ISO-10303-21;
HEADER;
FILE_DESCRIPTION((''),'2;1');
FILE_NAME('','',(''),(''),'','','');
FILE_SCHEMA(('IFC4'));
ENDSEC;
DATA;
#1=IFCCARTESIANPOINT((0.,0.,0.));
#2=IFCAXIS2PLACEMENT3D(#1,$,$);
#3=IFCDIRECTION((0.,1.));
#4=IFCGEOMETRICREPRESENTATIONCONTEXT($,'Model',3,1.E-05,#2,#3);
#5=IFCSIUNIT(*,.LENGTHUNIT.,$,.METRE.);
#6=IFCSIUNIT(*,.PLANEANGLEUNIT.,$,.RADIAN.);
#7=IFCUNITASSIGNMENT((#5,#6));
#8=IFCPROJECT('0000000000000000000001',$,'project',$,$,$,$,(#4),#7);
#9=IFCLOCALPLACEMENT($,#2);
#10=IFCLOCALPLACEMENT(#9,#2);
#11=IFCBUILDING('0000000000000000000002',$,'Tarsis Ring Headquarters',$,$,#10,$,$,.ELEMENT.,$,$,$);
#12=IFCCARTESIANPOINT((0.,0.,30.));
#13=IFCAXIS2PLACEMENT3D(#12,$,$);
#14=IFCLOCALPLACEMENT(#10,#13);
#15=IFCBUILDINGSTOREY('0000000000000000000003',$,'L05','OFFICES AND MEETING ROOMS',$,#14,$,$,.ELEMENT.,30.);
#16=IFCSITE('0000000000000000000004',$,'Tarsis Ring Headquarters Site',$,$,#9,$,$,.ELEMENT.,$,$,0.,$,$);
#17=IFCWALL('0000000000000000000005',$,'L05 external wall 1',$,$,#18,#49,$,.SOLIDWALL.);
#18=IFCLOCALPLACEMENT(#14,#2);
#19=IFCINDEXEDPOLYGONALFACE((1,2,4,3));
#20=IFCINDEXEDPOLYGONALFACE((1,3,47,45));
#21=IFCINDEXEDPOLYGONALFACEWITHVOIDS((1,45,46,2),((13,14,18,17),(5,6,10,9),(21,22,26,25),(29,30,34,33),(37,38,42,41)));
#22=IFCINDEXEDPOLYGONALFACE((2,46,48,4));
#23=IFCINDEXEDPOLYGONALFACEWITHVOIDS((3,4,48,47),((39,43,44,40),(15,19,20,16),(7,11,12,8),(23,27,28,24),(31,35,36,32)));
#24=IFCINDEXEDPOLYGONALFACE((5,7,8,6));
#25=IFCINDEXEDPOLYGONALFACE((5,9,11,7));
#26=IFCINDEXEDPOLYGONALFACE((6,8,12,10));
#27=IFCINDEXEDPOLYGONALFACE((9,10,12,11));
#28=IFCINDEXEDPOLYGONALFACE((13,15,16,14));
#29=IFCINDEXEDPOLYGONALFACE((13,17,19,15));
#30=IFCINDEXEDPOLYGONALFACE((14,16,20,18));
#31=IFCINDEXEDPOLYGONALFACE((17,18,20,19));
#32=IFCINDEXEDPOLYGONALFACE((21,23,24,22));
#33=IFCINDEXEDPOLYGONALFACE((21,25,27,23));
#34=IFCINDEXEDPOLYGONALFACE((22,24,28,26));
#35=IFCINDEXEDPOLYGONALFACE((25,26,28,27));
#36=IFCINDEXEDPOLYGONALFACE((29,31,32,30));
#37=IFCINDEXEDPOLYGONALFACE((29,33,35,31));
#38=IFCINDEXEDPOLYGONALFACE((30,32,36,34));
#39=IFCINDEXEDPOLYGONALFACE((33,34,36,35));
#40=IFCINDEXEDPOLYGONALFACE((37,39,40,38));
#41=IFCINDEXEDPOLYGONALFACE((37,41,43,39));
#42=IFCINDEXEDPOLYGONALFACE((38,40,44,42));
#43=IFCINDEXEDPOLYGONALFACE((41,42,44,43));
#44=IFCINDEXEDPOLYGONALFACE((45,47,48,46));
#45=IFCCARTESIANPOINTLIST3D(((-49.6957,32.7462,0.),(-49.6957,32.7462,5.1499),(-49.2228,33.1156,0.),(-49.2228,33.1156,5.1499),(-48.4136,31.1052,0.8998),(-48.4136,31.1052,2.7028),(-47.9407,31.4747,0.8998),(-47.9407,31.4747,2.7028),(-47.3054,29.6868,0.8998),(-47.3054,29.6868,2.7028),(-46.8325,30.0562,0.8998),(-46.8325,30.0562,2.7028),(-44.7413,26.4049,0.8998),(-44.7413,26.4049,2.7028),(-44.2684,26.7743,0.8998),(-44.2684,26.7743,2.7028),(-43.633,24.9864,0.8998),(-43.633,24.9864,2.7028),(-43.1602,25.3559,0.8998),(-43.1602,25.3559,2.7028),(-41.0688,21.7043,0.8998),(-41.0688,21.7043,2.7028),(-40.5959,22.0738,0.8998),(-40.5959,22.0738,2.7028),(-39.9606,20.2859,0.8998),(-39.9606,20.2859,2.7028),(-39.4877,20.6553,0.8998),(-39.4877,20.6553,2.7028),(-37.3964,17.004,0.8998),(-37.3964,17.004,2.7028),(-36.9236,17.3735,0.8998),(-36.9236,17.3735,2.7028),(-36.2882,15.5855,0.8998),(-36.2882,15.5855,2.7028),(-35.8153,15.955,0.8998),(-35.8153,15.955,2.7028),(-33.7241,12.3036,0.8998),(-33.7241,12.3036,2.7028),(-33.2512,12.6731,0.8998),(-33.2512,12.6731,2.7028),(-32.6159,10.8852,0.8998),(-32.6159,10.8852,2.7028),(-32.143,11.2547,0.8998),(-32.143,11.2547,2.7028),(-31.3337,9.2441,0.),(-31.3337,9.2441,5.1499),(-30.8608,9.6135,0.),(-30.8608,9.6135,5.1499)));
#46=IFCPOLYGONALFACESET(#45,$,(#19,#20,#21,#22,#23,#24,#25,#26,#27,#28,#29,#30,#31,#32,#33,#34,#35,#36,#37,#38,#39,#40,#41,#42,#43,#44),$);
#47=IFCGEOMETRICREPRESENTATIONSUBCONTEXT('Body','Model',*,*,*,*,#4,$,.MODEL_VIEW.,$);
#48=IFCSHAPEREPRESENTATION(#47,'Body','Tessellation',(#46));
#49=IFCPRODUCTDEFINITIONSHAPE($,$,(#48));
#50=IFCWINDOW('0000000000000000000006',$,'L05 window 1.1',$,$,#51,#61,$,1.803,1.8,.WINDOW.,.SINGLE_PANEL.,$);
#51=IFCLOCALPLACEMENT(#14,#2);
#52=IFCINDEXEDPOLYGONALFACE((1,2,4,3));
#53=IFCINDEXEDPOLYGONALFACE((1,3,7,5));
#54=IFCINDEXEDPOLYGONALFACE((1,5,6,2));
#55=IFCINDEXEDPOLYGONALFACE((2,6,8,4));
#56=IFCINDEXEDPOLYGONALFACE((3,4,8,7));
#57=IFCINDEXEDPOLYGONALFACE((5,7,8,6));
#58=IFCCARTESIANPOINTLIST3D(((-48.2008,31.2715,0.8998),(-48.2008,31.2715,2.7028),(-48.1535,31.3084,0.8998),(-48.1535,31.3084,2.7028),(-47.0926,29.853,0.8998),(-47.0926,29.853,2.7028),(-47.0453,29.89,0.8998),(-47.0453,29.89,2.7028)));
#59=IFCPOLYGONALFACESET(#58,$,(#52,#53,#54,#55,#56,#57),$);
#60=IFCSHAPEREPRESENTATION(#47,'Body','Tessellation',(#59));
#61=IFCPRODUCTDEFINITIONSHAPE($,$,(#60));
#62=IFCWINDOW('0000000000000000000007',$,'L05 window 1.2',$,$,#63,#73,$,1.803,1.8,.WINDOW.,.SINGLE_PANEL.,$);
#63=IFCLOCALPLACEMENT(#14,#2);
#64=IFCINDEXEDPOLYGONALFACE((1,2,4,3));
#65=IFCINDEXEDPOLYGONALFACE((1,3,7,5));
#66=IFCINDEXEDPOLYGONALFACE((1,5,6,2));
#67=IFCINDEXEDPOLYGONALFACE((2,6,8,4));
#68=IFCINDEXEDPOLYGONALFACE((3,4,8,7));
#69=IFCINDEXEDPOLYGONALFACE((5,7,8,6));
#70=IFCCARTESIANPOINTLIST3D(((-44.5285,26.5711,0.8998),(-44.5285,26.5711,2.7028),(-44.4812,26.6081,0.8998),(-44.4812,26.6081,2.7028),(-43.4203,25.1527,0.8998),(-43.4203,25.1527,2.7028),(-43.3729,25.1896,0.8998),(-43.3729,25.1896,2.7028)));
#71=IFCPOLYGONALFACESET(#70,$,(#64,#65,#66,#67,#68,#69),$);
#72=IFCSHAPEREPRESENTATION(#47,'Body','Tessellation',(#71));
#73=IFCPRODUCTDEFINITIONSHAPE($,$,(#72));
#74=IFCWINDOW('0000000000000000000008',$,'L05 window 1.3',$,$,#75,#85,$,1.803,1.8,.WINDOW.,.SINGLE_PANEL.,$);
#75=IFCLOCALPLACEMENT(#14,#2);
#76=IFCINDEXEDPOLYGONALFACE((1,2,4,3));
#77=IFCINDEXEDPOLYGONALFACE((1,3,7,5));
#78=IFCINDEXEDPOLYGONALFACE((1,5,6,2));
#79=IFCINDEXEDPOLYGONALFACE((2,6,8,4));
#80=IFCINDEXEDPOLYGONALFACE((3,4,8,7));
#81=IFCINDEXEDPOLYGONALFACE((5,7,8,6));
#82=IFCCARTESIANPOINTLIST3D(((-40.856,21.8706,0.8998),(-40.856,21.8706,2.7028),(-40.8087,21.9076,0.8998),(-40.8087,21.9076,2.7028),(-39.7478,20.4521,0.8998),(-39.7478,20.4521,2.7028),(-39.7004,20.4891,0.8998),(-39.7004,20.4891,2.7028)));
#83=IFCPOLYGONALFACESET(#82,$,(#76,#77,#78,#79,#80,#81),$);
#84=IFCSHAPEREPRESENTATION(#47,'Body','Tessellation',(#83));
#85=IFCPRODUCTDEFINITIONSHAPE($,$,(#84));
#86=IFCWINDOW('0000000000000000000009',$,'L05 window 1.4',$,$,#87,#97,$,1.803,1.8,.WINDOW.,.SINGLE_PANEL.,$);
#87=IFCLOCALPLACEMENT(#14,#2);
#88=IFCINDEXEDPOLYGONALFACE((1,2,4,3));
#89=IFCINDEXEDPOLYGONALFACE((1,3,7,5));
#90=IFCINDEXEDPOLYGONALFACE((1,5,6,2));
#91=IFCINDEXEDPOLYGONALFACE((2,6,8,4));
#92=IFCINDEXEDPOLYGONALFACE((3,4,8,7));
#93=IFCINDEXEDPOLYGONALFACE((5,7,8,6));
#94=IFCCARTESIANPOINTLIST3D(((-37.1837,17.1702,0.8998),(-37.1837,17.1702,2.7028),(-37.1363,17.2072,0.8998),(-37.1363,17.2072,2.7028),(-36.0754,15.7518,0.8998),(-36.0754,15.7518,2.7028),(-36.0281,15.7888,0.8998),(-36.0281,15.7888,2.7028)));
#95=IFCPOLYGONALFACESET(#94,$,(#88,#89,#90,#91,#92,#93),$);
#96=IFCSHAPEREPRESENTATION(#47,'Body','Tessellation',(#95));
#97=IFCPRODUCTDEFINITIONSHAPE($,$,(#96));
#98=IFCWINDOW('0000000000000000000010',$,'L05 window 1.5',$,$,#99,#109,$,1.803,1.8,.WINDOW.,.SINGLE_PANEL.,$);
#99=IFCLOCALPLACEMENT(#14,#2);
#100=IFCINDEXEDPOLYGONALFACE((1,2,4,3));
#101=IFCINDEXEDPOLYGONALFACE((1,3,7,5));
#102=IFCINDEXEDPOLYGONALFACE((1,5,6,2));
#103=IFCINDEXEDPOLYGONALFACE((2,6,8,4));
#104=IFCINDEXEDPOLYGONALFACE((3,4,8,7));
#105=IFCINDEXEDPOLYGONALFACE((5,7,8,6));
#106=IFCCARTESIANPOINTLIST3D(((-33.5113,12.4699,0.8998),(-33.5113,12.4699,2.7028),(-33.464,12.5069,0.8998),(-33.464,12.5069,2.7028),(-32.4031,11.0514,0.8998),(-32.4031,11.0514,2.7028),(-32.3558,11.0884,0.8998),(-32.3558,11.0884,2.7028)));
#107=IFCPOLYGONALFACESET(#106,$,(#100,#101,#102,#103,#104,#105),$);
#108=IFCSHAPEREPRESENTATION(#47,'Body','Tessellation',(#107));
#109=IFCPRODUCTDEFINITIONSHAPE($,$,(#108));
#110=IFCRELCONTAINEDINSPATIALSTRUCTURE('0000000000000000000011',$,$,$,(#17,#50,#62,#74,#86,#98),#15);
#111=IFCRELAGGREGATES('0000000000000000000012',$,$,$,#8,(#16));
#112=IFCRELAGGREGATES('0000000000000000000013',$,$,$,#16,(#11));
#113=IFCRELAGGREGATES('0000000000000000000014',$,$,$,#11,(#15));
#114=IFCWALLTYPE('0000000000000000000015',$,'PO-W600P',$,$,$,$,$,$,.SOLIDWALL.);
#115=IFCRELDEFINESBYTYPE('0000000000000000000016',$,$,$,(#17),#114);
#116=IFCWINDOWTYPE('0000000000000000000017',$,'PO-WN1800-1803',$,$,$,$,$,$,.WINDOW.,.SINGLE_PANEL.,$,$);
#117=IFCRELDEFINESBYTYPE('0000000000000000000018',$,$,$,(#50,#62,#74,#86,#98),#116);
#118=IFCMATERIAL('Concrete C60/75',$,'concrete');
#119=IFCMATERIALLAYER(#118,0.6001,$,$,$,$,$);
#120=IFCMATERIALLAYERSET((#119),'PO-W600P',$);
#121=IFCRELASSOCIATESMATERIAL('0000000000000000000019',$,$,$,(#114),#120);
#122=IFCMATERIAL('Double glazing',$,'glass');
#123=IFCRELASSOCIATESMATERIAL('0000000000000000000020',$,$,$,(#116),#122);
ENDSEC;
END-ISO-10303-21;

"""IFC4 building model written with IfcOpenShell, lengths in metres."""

from ifc_helpers import new_model, si_unit, direction, frame, frame_2d, origin, place, context, subcontext, project, spatial, rectangle, extrude, material, layer, layer_set, type_object, element, fill, save


model = new_model("IFC4")

# Units and contexts
model_context = context("Model", 3, precision=1e-05, world=origin(), true_north=direction((0.0, 1.0)))
body_context = subcontext(model_context, "Body", "Model", "MODEL_VIEW")
ifc_project = project(units=[si_unit("LENGTHUNIT", "METRE"), si_unit("PLANEANGLEUNIT", "RADIAN")], contexts=[model_context])

# Site, building, storey
site_placement = place(None, origin())
site = spatial("IfcSite", under=ifc_project, at=site_placement, Name="Tarsis Ring Headquarters Site", CompositionType="ELEMENT", RefElevation=0.0)
building_placement = place(site_placement, origin())
building = spatial("IfcBuilding", under=site, at=building_placement, Name="Tarsis Ring Headquarters", CompositionType="ELEMENT")
storey_placement = place(building_placement, frame((0.0, 0.0, 30.0)))
storey = spatial("IfcBuildingStorey", under=building, at=storey_placement, Name="L05", Description="OFFICES AND MEETING ROOMS", CompositionType="ELEMENT", Elevation=30.0)

# Wall, openings, windows
ifc_material_1 = material(Name="Concrete C60/75", Category="concrete")
ifc_layer_1 = layer(ifc_material_1, 0.6001)
ifc_layer_set_1 = layer_set([ifc_layer_1], Name="PO-W600P")
wall_type_1 = type_object("IfcWallType", Name="PO-W600P", PredefinedType="SOLIDWALL", material=ifc_layer_set_1)
wall_1_placement = place(storey_placement, frame((-49.4592, 32.9309, 0.0), z_axis=(0.0, 0.0, 1.0), x_axis=(0.615664, -0.788009, 0.0)))
wall_1 = element("IfcWall", 1, at=wall_1_placement, inside=storey, type_object=wall_type_1, Name="L05 external wall 1", PredefinedType="SOLIDWALL", context=body_context, shape_type="SweptSolid", body=[
    extrude(rectangle(XDim=29.8247, YDim=0.6001, at=frame_2d((14.9124, 0.0))), origin(), (0.0, 0.0, 1.0), 5.1499),
])
opening_1_placement = place(wall_1_placement, frame((2.0825, 0.0, 0.8999)))
opening_1 = element("IfcOpeningElement", 2, at=opening_1_placement, cuts=wall_1, PredefinedType="OPENING", context=body_context, shape_type="SweptSolid", body=[
    extrude(rectangle(XDim=1.8, YDim=1.803, at=frame_2d((0.8999, 0.9014))), frame((0.0, 0.3101, 0.0), z_axis=(0.0, -1.0, 0.0), x_axis=(1.0, 0.0, 0.0)), (0.0, 0.0, 1.0), 0.6201),
])
opening_2_placement = place(wall_1_placement, frame((8.0474, 0.0, 0.8999)))
opening_2 = element("IfcOpeningElement", 3, at=opening_2_placement, cuts=wall_1, PredefinedType="OPENING", context=body_context, shape_type="SweptSolid", body=[
    extrude(rectangle(XDim=1.8, YDim=1.803, at=frame_2d((0.8999, 0.9014))), frame((0.0, 0.3101, 0.0), z_axis=(0.0, -1.0, 0.0), x_axis=(1.0, 0.0, 0.0)), (0.0, 0.0, 1.0), 0.6201),
])
opening_3_placement = place(wall_1_placement, frame((14.0125, 0.0, 0.8999)))
opening_3 = element("IfcOpeningElement", 4, at=opening_3_placement, cuts=wall_1, PredefinedType="OPENING", context=body_context, shape_type="SweptSolid", body=[
    extrude(rectangle(XDim=1.8, YDim=1.803, at=frame_2d((0.8999, 0.9014))), frame((0.0, 0.3101, 0.0), z_axis=(0.0, -1.0, 0.0), x_axis=(1.0, 0.0, 0.0)), (0.0, 0.0, 1.0), 0.6201),
])
opening_4_placement = place(wall_1_placement, frame((19.9773, 0.0, 0.8999)))
opening_4 = element("IfcOpeningElement", 5, at=opening_4_placement, cuts=wall_1, PredefinedType="OPENING", context=body_context, shape_type="SweptSolid", body=[
    extrude(rectangle(XDim=1.8, YDim=1.803, at=frame_2d((0.8999, 0.9014))), frame((0.0, 0.3101, 0.0), z_axis=(0.0, -1.0, 0.0), x_axis=(1.0, 0.0, 0.0)), (0.0, 0.0, 1.0), 0.6201),
])
opening_5_placement = place(wall_1_placement, frame((25.9421, 0.0, 0.8999)))
opening_5 = element("IfcOpeningElement", 6, at=opening_5_placement, cuts=wall_1, PredefinedType="OPENING", context=body_context, shape_type="SweptSolid", body=[
    extrude(rectangle(XDim=1.8, YDim=1.803, at=frame_2d((0.8999, 0.9014))), frame((0.0, 0.3101, 0.0), z_axis=(0.0, -1.0, 0.0), x_axis=(1.0, 0.0, 0.0)), (0.0, 0.0, 1.0), 0.6201),
])
ifc_material_2 = material(Name="Double glazing", Category="glass")
window_type = type_object("IfcWindowType", Name="PO-WN1800-1803", PartitioningType="SINGLE_PANEL", PredefinedType="WINDOW", material=ifc_material_2)
window_1_placement = place(opening_1_placement, origin())
window_1 = element("IfcWindow", 7, at=window_1_placement, inside=storey, type_object=window_type, Name="L05 window 1.1", OverallHeight=1.803, OverallWidth=1.8, PartitioningType="SINGLE_PANEL", PredefinedType="WINDOW", context=body_context, shape_type="SweptSolid", body=[
    extrude(rectangle(XDim=1.8, YDim=1.803, at=frame_2d((0.8999, 0.9014))), frame((0.0, 0.03, 0.0), z_axis=(0.0, -1.0, 0.0), x_axis=(1.0, 0.0, 0.0)), (0.0, 0.0, 1.0), 0.0601),
])
fill(opening_1, window_1)
window_2_placement = place(opening_2_placement, origin())
window_2 = element("IfcWindow", 8, at=window_2_placement, inside=storey, type_object=window_type, Name="L05 window 1.2", OverallHeight=1.803, OverallWidth=1.8, PartitioningType="SINGLE_PANEL", PredefinedType="WINDOW", context=body_context, shape_type="SweptSolid", body=[
    extrude(rectangle(XDim=1.8, YDim=1.803, at=frame_2d((0.8999, 0.9014))), frame((0.0, 0.03, 0.0), z_axis=(0.0, -1.0, 0.0), x_axis=(1.0, 0.0, 0.0)), (0.0, 0.0, 1.0), 0.0601),
])
fill(opening_2, window_2)
window_3_placement = place(opening_3_placement, origin())
window_3 = element("IfcWindow", 9, at=window_3_placement, inside=storey, type_object=window_type, Name="L05 window 1.3", OverallHeight=1.803, OverallWidth=1.8, PartitioningType="SINGLE_PANEL", PredefinedType="WINDOW", context=body_context, shape_type="SweptSolid", body=[
    extrude(rectangle(XDim=1.8, YDim=1.803, at=frame_2d((0.8999, 0.9014))), frame((0.0, 0.03, 0.0), z_axis=(0.0, -1.0, 0.0), x_axis=(1.0, 0.0, 0.0)), (0.0, 0.0, 1.0), 0.0601),
])
fill(opening_3, window_3)
window_4_placement = place(opening_4_placement, origin())
window_4 = element("IfcWindow", 10, at=window_4_placement, inside=storey, type_object=window_type, Name="L05 window 1.4", OverallHeight=1.803, OverallWidth=1.8, PartitioningType="SINGLE_PANEL", PredefinedType="WINDOW", context=body_context, shape_type="SweptSolid", body=[
    extrude(rectangle(XDim=1.8, YDim=1.803, at=frame_2d((0.8999, 0.9014))), frame((0.0, 0.03, 0.0), z_axis=(0.0, -1.0, 0.0), x_axis=(1.0, 0.0, 0.0)), (0.0, 0.0, 1.0), 0.0601),
])
fill(opening_4, window_4)
window_5_placement = place(opening_5_placement, origin())
window_5 = element("IfcWindow", 11, at=window_5_placement, inside=storey, type_object=window_type, Name="L05 window 1.5", OverallHeight=1.803, OverallWidth=1.8, PartitioningType="SINGLE_PANEL", PredefinedType="WINDOW", context=body_context, shape_type="SweptSolid", body=[
    extrude(rectangle(XDim=1.8, YDim=1.803, at=frame_2d((0.8999, 0.9014))), frame((0.0, 0.03, 0.0), z_axis=(0.0, -1.0, 0.0), x_axis=(1.0, 0.0, 0.0)), (0.0, 0.0, 1.0), 0.0601),
])
fill(opening_5, window_5)

save(model, "model.ifc")
